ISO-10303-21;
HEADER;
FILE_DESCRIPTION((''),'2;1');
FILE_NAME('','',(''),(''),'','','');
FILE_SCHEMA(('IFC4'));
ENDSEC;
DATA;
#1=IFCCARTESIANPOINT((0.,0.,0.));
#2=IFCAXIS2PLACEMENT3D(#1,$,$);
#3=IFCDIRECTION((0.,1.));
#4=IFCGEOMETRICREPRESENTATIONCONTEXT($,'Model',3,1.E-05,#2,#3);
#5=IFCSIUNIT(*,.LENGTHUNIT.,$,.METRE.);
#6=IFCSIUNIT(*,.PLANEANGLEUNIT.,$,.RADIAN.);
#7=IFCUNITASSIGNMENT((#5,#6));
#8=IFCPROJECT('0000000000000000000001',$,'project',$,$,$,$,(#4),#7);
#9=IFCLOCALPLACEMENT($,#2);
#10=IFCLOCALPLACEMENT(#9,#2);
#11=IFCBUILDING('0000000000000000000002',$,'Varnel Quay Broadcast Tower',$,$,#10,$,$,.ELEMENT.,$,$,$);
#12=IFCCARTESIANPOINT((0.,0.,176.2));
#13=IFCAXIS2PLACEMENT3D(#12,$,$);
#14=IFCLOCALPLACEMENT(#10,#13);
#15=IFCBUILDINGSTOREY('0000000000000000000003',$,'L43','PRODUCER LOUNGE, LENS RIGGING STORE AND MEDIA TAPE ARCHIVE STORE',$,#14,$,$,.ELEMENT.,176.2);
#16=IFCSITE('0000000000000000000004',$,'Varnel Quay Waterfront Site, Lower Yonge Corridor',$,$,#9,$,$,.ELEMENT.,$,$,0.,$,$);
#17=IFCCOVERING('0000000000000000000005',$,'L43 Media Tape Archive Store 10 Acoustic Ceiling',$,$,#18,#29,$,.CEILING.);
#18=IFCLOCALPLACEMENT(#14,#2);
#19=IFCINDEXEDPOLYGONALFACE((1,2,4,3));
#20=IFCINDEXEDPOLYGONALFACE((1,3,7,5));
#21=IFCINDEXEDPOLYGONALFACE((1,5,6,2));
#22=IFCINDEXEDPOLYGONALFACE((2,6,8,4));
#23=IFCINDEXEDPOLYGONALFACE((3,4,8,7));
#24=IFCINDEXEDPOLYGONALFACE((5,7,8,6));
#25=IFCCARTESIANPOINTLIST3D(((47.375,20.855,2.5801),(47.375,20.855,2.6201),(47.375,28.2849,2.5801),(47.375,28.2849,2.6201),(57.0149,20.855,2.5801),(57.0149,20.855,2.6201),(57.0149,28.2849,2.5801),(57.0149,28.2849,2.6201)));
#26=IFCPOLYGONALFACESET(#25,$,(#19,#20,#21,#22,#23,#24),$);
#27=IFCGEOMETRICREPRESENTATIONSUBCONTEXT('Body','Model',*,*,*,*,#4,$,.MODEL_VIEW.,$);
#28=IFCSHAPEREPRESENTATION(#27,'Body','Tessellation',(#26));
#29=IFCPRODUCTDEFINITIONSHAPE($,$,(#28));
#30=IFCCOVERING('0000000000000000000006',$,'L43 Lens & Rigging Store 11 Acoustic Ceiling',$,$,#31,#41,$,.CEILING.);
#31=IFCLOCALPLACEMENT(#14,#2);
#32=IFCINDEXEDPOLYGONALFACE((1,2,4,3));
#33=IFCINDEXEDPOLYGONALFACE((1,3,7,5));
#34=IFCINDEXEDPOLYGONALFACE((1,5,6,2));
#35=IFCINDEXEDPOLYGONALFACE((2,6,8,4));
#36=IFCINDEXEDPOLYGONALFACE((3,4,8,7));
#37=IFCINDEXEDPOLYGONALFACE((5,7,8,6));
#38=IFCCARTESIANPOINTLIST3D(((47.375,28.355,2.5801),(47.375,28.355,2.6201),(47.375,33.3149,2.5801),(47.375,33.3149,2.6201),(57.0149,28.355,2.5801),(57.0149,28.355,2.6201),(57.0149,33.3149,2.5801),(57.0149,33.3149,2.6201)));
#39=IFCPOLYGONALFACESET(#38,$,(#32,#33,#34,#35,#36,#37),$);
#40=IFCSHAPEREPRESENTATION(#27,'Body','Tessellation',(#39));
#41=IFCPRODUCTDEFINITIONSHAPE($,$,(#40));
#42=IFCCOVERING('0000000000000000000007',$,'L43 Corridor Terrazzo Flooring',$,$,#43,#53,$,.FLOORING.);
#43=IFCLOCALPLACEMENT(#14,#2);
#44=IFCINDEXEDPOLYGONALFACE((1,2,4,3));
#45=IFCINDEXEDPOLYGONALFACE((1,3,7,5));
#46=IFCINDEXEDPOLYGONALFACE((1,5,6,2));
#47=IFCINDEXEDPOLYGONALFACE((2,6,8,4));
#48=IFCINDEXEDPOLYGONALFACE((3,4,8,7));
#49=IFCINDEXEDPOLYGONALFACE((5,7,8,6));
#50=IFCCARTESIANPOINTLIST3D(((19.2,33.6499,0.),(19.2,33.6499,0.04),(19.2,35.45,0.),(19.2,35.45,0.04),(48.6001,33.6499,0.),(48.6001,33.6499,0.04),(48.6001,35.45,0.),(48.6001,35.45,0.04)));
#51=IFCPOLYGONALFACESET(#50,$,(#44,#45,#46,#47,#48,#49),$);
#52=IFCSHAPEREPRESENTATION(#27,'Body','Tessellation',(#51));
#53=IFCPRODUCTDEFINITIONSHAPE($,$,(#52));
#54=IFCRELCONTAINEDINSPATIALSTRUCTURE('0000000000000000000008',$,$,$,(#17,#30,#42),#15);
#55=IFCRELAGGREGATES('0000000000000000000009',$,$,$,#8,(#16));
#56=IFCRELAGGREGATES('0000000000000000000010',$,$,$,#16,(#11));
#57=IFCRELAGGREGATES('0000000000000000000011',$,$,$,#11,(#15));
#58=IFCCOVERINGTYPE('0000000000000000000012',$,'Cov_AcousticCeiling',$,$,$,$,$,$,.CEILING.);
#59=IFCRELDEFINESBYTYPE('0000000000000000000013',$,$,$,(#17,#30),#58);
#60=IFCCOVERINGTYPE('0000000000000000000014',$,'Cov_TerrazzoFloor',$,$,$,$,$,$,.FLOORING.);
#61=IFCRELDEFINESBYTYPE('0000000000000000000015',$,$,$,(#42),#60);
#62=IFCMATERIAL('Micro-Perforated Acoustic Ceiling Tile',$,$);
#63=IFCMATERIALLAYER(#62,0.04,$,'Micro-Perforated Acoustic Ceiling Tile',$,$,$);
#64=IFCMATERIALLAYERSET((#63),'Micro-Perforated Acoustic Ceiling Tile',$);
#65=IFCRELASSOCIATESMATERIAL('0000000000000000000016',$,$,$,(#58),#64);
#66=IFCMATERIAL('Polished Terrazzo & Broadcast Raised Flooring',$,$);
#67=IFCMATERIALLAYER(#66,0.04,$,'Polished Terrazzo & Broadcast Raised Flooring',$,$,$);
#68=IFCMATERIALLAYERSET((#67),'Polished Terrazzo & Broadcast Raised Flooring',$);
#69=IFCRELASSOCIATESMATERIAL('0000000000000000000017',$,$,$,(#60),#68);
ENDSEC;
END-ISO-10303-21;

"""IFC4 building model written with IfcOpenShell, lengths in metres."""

from ifc_helpers import new_model, si_unit, direction, frame, origin, place, context, subcontext, project, spatial, polyline, outline, extrude, material, layer, layer_set, type_object, element, save


model = new_model("IFC4")

# Units and contexts
model_context = context("Model", 3, precision=1e-05, world=origin(), true_north=direction((0.0, 1.0)))
body_context = subcontext(model_context, "Body", "Model", "MODEL_VIEW")
ifc_project = project(units=[si_unit("LENGTHUNIT", "METRE"), si_unit("PLANEANGLEUNIT", "RADIAN")], contexts=[model_context])

# Site, building, storey
site_placement = place(None, origin())
site = spatial("IfcSite", under=ifc_project, at=site_placement, Name="Varnel Quay Waterfront Site, Lower Yonge Corridor", CompositionType="ELEMENT", RefElevation=0.0)
building_placement = place(site_placement, origin())
building = spatial("IfcBuilding", under=site, at=building_placement, Name="Varnel Quay Broadcast Tower", CompositionType="ELEMENT")
storey_placement = place(building_placement, frame((0.0, 0.0, 176.2)))
storey = spatial("IfcBuildingStorey", under=building, at=storey_placement, Name="L43", Description="PRODUCER LOUNGE, LENS RIGGING STORE AND MEDIA TAPE ARCHIVE STORE", CompositionType="ELEMENT", Elevation=176.2)

# Coverings
ifc_material_1 = material(Name="Micro-Perforated Acoustic Ceiling Tile")
ifc_layer_1 = layer(ifc_material_1, 0.04, Name="Micro-Perforated Acoustic Ceiling Tile")
ifc_layer_set_1 = layer_set([ifc_layer_1], Name="Micro-Perforated Acoustic Ceiling Tile")
covering_type_1 = type_object("IfcCoveringType", Name="Cov_AcousticCeiling", PredefinedType="CEILING", material=ifc_layer_set_1)
covering_1_placement = place(storey_placement, frame((0.0, 0.0, 2.5801)))
element("IfcCovering", 1, at=covering_1_placement, inside=storey, type_object=covering_type_1, Name="L43 Media Tape Archive Store 10 Acoustic Ceiling", PredefinedType="CEILING", context=body_context, shape_type="SweptSolid", body=[
    extrude(outline(polyline([(47.375, 20.855), (57.0149, 20.855), (57.0149, 28.2849), (47.375, 28.2849), (47.375, 20.855)])), origin(), (0.0, 0.0, 1.0), 0.04),
])
covering_2_placement = place(storey_placement, frame((0.0, 0.0, 2.5801)))
element("IfcCovering", 2, at=covering_2_placement, inside=storey, type_object=covering_type_1, Name="L43 Lens & Rigging Store 11 Acoustic Ceiling", PredefinedType="CEILING", context=body_context, shape_type="SweptSolid", body=[
    extrude(outline(polyline([(47.375, 28.355), (57.0149, 28.355), (57.0149, 33.3149), (47.375, 33.3149), (47.375, 28.355)])), origin(), (0.0, 0.0, 1.0), 0.04),
])
ifc_material_2 = material(Name="Polished Terrazzo & Broadcast Raised Flooring")
ifc_layer_2 = layer(ifc_material_2, 0.04, Name="Polished Terrazzo & Broadcast Raised Flooring")
ifc_layer_set_2 = layer_set([ifc_layer_2], Name="Polished Terrazzo & Broadcast Raised Flooring")
covering_type_2 = type_object("IfcCoveringType", Name="Cov_TerrazzoFloor", PredefinedType="FLOORING", material=ifc_layer_set_2)
covering_3_placement = place(storey_placement, origin())
element("IfcCovering", 3, at=covering_3_placement, inside=storey, type_object=covering_type_2, Name="L43 Corridor Terrazzo Flooring", PredefinedType="FLOORING", context=body_context, shape_type="SweptSolid", body=[
    extrude(outline(polyline([(19.2, 33.6499), (48.6001, 33.6499), (48.6001, 35.45), (19.2, 35.45), (19.2, 33.6499)])), origin(), (0.0, 0.0, 1.0), 0.04),
])

save(model, "model.ifc")
